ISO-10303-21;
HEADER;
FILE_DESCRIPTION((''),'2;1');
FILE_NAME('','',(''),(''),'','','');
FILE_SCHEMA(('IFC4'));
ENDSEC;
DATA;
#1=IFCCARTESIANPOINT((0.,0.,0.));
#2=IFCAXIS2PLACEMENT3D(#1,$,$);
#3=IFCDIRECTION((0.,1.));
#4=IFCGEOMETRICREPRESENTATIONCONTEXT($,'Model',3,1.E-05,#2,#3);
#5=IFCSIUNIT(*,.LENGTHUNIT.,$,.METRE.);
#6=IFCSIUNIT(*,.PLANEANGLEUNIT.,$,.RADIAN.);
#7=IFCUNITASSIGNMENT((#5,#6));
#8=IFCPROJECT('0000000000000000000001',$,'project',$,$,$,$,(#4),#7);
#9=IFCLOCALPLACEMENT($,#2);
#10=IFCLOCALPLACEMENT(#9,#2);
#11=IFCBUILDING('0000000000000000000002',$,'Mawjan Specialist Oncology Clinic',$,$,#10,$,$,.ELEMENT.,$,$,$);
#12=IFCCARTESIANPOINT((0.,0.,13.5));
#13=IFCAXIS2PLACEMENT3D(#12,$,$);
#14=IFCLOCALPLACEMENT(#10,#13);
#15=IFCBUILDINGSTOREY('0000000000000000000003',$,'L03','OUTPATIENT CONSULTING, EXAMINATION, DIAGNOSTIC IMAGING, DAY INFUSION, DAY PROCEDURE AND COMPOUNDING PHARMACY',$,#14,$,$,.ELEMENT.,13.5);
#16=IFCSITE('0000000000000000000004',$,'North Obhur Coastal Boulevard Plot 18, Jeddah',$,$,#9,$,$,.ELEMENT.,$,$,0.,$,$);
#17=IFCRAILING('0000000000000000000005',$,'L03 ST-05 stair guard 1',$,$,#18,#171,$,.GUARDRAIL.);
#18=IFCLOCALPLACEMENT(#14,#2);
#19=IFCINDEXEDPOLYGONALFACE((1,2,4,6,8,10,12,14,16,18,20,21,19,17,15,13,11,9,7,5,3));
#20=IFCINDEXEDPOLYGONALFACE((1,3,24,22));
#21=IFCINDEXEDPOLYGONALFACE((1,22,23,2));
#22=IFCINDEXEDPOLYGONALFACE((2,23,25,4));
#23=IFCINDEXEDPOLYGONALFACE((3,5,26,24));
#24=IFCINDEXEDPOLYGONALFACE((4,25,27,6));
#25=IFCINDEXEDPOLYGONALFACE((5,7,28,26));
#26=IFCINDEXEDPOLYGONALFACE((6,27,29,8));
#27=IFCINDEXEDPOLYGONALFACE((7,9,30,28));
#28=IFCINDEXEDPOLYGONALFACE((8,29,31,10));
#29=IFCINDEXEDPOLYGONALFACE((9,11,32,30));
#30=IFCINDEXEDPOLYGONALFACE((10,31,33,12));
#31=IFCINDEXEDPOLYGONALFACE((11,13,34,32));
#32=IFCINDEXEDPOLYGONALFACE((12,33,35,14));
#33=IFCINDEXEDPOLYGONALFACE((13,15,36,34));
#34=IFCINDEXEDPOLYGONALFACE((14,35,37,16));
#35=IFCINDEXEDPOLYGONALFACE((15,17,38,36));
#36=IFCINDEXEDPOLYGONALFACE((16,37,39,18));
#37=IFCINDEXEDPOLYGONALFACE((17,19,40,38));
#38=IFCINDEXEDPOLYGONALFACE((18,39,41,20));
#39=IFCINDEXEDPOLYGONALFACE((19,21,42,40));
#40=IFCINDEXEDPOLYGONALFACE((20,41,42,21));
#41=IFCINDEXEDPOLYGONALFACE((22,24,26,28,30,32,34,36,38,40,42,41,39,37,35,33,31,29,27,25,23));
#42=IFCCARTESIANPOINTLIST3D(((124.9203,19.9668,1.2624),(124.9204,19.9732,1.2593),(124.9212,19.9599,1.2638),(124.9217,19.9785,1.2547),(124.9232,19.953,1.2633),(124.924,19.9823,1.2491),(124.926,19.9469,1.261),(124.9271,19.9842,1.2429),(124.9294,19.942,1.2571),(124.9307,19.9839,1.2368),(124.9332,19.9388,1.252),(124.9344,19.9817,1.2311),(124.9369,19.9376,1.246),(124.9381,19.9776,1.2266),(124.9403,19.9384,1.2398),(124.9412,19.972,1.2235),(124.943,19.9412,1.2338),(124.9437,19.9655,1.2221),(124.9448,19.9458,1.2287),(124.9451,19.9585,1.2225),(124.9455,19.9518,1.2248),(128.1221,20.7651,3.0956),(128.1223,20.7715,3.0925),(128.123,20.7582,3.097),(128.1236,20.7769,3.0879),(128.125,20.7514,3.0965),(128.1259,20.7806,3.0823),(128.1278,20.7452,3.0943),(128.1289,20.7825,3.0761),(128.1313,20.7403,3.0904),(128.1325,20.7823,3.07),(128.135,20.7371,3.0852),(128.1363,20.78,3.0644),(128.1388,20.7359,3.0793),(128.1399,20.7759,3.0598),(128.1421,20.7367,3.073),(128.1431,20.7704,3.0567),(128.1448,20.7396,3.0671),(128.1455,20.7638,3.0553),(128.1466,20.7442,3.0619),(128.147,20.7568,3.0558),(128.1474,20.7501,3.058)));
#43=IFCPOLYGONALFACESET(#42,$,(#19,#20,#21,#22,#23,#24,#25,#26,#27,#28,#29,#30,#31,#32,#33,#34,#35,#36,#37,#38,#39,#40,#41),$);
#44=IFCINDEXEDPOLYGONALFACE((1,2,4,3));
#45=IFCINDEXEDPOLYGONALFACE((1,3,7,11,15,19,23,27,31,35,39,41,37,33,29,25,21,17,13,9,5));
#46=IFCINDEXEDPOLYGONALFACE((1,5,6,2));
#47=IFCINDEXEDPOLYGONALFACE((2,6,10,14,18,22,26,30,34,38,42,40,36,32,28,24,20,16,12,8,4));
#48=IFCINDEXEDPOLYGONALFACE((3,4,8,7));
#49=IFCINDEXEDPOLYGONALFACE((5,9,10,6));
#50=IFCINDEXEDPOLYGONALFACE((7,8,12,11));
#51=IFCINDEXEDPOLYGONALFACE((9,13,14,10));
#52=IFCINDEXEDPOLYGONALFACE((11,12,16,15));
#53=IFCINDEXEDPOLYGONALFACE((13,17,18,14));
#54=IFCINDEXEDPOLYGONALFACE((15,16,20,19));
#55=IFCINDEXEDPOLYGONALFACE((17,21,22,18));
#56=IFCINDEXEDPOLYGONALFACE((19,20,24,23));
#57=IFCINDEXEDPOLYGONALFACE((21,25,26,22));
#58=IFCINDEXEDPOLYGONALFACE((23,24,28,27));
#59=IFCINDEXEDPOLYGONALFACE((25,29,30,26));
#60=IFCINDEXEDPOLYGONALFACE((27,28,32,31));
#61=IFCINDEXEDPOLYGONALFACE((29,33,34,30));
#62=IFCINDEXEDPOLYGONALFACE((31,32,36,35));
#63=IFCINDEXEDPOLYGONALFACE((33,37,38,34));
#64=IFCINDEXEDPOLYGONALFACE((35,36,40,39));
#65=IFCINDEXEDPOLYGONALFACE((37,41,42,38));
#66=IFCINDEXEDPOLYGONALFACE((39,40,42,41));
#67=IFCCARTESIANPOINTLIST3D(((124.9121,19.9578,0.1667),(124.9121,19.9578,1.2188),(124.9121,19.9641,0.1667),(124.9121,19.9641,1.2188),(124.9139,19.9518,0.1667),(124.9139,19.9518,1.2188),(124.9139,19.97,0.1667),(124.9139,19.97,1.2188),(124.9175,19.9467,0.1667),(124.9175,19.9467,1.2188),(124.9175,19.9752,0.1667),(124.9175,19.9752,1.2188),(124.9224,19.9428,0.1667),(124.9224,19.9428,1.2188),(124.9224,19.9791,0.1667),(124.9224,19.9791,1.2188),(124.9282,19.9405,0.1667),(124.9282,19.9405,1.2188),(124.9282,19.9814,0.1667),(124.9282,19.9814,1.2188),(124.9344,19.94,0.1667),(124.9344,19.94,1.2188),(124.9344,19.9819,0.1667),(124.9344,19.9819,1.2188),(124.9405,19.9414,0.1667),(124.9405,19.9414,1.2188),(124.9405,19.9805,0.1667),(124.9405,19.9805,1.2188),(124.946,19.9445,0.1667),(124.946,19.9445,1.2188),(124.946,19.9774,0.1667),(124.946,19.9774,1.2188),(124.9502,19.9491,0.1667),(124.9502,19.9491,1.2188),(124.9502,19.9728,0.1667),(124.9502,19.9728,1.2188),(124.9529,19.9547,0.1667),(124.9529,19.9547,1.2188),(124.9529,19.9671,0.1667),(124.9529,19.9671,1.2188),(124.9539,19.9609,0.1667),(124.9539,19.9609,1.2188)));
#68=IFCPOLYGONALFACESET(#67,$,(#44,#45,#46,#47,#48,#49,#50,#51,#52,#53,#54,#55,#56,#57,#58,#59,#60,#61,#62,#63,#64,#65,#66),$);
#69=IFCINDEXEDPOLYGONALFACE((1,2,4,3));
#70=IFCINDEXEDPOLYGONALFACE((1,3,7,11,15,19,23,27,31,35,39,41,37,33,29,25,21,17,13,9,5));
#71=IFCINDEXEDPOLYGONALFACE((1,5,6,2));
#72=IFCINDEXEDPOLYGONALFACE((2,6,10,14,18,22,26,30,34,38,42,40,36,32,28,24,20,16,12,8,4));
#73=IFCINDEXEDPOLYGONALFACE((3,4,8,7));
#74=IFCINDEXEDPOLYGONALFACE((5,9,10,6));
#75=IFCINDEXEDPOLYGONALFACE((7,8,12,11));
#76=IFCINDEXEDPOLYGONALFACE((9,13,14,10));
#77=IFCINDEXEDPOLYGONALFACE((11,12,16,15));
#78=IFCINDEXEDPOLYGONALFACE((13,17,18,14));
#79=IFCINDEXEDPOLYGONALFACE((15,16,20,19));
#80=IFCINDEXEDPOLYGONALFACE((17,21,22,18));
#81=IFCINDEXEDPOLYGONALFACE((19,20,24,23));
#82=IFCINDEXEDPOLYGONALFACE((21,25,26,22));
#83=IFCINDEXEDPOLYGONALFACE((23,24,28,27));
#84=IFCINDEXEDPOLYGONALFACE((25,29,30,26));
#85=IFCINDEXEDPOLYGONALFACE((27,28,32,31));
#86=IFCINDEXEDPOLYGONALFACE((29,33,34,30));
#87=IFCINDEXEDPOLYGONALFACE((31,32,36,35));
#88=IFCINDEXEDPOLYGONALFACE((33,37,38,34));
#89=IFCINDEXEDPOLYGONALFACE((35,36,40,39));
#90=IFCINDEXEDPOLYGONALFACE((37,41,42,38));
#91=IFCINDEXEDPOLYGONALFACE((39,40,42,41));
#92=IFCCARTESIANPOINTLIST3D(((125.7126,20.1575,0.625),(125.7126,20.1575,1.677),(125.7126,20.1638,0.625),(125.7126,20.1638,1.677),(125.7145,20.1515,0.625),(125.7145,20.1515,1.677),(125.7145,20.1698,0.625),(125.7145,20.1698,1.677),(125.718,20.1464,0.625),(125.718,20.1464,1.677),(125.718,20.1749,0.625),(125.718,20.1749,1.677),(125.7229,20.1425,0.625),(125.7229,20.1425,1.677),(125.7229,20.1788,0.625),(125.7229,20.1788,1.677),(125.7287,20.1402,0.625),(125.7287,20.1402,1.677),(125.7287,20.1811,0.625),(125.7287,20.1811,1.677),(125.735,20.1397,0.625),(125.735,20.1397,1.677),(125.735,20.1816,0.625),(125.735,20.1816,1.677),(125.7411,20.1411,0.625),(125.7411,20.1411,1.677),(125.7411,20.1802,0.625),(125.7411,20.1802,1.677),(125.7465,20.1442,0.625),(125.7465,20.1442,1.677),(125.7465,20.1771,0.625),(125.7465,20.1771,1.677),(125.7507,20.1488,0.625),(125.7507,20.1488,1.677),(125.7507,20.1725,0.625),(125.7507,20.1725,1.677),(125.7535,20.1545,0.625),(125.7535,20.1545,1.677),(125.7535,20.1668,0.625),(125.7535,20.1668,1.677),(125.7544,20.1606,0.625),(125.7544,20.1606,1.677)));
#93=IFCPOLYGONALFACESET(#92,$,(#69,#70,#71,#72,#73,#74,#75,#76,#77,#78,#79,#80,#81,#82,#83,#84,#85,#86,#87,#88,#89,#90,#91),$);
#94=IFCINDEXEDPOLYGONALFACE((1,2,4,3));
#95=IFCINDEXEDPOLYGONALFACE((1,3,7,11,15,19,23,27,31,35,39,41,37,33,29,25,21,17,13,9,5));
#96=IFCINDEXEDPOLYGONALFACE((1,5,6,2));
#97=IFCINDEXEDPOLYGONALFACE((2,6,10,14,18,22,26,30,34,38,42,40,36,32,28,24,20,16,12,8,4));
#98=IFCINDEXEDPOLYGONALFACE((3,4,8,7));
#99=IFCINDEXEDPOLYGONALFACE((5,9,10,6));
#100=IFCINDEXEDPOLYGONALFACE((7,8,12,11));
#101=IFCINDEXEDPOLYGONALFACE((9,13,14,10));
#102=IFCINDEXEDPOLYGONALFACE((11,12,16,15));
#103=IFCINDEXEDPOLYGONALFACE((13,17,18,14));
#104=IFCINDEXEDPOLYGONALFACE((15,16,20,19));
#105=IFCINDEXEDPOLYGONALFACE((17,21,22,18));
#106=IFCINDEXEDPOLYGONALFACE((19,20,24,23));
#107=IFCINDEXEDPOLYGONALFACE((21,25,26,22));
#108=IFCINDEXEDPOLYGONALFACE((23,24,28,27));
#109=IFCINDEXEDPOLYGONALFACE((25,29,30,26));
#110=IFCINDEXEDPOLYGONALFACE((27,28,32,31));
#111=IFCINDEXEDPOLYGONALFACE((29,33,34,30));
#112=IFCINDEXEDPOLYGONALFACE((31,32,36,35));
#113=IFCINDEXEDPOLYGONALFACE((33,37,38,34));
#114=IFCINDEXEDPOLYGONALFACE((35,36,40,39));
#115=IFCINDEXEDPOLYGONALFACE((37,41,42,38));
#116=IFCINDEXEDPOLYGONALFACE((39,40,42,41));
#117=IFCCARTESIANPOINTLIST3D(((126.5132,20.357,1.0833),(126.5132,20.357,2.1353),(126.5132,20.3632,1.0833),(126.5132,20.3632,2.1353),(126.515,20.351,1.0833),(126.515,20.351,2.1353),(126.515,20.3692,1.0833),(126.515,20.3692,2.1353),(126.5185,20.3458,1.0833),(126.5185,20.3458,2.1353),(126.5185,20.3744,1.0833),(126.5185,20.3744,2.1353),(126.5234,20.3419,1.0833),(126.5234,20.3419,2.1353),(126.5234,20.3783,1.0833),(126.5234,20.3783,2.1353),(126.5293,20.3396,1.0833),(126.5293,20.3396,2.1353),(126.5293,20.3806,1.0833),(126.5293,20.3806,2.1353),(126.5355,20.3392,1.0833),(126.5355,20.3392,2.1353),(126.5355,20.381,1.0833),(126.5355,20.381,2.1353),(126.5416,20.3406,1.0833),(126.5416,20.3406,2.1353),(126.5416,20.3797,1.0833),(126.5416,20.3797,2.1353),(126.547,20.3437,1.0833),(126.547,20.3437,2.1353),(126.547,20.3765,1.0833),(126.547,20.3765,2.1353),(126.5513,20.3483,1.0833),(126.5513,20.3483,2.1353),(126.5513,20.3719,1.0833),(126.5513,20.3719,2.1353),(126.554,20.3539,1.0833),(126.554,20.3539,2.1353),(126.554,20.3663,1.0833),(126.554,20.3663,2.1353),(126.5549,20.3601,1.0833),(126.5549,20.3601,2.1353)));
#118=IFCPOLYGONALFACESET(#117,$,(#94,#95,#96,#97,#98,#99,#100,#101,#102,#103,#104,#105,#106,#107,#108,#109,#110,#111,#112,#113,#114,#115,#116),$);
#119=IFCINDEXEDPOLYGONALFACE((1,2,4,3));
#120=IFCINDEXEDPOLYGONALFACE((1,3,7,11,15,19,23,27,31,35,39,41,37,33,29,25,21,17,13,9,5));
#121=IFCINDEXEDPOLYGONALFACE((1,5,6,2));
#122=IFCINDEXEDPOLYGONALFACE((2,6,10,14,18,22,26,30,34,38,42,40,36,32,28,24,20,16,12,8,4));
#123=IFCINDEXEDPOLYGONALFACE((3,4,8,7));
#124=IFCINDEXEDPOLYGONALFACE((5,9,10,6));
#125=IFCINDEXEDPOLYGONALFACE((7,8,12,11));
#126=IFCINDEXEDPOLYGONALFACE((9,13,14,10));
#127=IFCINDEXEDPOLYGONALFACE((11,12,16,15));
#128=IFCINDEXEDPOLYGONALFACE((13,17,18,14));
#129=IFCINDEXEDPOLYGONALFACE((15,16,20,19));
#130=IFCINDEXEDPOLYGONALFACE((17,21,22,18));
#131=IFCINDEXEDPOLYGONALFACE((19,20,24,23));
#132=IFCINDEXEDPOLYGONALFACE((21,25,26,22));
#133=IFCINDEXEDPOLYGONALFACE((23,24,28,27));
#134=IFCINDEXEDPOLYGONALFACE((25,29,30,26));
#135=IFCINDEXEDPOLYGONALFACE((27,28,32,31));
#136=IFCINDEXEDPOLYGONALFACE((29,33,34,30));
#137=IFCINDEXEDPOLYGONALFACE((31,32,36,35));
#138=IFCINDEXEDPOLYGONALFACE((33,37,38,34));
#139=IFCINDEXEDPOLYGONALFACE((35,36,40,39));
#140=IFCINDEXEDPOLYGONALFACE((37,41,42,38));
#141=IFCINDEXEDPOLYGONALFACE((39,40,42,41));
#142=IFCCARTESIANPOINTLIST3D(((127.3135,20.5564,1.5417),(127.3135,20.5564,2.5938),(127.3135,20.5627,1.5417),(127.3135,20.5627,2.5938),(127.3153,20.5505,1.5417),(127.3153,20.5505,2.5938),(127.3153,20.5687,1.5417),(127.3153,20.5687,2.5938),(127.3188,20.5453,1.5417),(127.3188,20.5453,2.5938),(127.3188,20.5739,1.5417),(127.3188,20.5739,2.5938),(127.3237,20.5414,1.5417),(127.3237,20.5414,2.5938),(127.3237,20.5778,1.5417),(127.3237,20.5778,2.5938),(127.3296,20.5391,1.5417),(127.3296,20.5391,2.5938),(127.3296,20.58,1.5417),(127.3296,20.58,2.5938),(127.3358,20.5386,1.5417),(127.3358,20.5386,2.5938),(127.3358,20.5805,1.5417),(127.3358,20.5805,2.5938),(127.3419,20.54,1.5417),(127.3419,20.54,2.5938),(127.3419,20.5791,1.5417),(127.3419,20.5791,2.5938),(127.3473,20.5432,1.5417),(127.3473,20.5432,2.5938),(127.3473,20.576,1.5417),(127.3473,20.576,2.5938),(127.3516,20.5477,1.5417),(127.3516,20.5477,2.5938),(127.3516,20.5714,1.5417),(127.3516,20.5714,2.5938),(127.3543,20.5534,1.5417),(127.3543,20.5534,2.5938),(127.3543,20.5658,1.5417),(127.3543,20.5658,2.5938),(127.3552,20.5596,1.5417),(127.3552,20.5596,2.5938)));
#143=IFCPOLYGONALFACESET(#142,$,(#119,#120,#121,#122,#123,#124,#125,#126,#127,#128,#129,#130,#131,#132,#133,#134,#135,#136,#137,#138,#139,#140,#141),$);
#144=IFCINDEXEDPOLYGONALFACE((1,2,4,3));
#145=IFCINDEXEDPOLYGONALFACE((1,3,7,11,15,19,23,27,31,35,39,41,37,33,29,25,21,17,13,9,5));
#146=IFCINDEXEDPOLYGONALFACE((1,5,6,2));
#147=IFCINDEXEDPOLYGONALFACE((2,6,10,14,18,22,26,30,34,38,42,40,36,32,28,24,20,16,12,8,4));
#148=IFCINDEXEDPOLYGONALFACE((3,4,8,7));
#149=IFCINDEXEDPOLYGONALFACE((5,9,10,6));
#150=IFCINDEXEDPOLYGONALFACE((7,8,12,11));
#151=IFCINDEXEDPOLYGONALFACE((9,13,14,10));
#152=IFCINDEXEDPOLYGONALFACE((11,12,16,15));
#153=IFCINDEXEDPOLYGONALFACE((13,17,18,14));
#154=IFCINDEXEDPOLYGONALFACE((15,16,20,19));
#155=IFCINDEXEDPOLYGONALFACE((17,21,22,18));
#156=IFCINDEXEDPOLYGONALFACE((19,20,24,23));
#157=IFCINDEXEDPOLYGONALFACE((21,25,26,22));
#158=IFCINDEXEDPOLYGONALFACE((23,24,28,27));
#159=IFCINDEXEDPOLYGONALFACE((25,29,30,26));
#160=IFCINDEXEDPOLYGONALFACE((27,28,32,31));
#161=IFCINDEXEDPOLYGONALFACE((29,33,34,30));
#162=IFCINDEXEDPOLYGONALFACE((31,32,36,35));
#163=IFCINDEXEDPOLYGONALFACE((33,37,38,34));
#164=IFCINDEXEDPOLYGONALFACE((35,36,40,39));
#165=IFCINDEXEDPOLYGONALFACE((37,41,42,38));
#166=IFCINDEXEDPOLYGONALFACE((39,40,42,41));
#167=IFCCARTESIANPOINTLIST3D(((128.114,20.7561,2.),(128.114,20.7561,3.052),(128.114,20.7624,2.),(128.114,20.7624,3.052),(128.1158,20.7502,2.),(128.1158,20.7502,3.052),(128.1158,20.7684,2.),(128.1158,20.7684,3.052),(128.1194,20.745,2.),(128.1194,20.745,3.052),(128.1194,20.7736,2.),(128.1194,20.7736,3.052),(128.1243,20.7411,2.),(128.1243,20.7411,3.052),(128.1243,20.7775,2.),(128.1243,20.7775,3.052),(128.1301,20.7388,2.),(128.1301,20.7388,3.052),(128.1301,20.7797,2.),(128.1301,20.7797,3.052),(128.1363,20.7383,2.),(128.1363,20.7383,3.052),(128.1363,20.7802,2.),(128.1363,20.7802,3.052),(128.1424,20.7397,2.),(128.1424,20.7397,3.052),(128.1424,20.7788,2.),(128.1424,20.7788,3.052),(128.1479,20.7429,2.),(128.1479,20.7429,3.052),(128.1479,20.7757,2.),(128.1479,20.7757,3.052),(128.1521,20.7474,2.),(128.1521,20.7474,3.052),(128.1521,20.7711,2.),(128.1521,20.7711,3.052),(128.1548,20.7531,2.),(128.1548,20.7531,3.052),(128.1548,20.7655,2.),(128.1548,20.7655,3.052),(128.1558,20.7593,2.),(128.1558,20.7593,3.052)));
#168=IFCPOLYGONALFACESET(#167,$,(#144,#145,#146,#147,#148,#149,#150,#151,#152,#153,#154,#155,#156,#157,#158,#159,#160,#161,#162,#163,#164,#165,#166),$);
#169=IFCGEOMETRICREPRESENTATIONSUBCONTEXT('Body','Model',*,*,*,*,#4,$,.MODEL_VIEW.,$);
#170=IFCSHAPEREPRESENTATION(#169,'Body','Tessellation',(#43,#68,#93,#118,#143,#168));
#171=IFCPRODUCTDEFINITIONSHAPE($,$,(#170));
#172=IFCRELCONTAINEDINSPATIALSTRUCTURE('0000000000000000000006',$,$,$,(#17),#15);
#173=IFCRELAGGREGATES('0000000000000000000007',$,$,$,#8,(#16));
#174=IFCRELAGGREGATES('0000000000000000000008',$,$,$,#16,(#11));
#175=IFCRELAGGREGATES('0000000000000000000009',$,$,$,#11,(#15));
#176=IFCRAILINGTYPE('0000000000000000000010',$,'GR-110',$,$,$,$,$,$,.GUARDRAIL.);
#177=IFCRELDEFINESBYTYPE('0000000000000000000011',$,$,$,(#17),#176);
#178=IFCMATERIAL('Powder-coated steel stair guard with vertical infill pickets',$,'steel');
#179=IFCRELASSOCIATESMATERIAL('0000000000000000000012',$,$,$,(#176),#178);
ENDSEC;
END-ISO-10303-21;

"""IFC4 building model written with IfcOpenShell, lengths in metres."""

from ifc_helpers import new_model, si_unit, direction, frame, origin, origin_2d, place, context, subcontext, project, spatial, circle, extrude, material, type_object, element, save


model = new_model("IFC4")

# Units and contexts
model_context = context("Model", 3, precision=1e-05, world=origin(), true_north=direction((0.0, 1.0)))
body_context = subcontext(model_context, "Body", "Model", "MODEL_VIEW")
ifc_project = project(units=[si_unit("LENGTHUNIT", "METRE"), si_unit("PLANEANGLEUNIT", "RADIAN")], contexts=[model_context])

# Site, building, storey
site_placement = place(None, origin())
site = spatial("IfcSite", under=ifc_project, at=site_placement, Name="North Obhur Coastal Boulevard Plot 18, Jeddah", CompositionType="ELEMENT", RefElevation=0.0)
building_placement = place(site_placement, origin())
building = spatial("IfcBuilding", under=site, at=building_placement, Name="Mawjan Specialist Oncology Clinic", CompositionType="ELEMENT")
storey_placement = place(building_placement, frame((0.0, 0.0, 13.5)))
storey = spatial("IfcBuildingStorey", under=building, at=storey_placement, Name="L03", Description="OUTPATIENT CONSULTING, EXAMINATION, DIAGNOSTIC IMAGING, DAY INFUSION, DAY PROCEDURE AND COMPOUNDING PHARMACY", CompositionType="ELEMENT", Elevation=13.5)

# Railing
ifc_material_1 = material(Name="Powder-coated steel stair guard with vertical infill pickets", Category="steel")
railing_type_1 = type_object("IfcRailingType", Name="GR-110", PredefinedType="GUARDRAIL", material=ifc_material_1)
railing_1_placement = place(storey_placement, frame((124.9329, 19.9609, 0.1667)))
element("IfcRailing", 1, at=railing_1_placement, inside=storey, type_object=railing_type_1, Name="L03 ST-05 stair guard 1", PredefinedType="GUARDRAIL", context=body_context, shape_type="SweptSolid", body=[
    extrude(circle(Radius=0.0239, at=origin_2d()), frame((0.0, 0.0, 1.0762), z_axis=(0.848195, 0.211483, 0.485634), x_axis=(-0.241926, 0.970295, 0.0)), (0.0, 0.0, 1.0), 3.7749),
    extrude(circle(Radius=0.021, at=origin_2d()), origin(), (0.0, 0.0, 1.0), 1.052),
    extrude(circle(Radius=0.021, at=origin_2d()), frame((0.8005, 0.1997, 0.4583)), (0.0, 0.0, 1.0), 1.052),
    extrude(circle(Radius=0.021, at=origin_2d()), frame((1.6011, 0.3992, 0.9165)), (0.0, 0.0, 1.0), 1.052),
    extrude(circle(Radius=0.021, at=origin_2d()), frame((2.4014, 0.5986, 1.375)), (0.0, 0.0, 1.0), 1.052),
    extrude(circle(Radius=0.021, at=origin_2d()), frame((3.2019, 0.7983, 1.8333)), (0.0, 0.0, 1.0), 1.052),
])

save(model, "model.ifc")
